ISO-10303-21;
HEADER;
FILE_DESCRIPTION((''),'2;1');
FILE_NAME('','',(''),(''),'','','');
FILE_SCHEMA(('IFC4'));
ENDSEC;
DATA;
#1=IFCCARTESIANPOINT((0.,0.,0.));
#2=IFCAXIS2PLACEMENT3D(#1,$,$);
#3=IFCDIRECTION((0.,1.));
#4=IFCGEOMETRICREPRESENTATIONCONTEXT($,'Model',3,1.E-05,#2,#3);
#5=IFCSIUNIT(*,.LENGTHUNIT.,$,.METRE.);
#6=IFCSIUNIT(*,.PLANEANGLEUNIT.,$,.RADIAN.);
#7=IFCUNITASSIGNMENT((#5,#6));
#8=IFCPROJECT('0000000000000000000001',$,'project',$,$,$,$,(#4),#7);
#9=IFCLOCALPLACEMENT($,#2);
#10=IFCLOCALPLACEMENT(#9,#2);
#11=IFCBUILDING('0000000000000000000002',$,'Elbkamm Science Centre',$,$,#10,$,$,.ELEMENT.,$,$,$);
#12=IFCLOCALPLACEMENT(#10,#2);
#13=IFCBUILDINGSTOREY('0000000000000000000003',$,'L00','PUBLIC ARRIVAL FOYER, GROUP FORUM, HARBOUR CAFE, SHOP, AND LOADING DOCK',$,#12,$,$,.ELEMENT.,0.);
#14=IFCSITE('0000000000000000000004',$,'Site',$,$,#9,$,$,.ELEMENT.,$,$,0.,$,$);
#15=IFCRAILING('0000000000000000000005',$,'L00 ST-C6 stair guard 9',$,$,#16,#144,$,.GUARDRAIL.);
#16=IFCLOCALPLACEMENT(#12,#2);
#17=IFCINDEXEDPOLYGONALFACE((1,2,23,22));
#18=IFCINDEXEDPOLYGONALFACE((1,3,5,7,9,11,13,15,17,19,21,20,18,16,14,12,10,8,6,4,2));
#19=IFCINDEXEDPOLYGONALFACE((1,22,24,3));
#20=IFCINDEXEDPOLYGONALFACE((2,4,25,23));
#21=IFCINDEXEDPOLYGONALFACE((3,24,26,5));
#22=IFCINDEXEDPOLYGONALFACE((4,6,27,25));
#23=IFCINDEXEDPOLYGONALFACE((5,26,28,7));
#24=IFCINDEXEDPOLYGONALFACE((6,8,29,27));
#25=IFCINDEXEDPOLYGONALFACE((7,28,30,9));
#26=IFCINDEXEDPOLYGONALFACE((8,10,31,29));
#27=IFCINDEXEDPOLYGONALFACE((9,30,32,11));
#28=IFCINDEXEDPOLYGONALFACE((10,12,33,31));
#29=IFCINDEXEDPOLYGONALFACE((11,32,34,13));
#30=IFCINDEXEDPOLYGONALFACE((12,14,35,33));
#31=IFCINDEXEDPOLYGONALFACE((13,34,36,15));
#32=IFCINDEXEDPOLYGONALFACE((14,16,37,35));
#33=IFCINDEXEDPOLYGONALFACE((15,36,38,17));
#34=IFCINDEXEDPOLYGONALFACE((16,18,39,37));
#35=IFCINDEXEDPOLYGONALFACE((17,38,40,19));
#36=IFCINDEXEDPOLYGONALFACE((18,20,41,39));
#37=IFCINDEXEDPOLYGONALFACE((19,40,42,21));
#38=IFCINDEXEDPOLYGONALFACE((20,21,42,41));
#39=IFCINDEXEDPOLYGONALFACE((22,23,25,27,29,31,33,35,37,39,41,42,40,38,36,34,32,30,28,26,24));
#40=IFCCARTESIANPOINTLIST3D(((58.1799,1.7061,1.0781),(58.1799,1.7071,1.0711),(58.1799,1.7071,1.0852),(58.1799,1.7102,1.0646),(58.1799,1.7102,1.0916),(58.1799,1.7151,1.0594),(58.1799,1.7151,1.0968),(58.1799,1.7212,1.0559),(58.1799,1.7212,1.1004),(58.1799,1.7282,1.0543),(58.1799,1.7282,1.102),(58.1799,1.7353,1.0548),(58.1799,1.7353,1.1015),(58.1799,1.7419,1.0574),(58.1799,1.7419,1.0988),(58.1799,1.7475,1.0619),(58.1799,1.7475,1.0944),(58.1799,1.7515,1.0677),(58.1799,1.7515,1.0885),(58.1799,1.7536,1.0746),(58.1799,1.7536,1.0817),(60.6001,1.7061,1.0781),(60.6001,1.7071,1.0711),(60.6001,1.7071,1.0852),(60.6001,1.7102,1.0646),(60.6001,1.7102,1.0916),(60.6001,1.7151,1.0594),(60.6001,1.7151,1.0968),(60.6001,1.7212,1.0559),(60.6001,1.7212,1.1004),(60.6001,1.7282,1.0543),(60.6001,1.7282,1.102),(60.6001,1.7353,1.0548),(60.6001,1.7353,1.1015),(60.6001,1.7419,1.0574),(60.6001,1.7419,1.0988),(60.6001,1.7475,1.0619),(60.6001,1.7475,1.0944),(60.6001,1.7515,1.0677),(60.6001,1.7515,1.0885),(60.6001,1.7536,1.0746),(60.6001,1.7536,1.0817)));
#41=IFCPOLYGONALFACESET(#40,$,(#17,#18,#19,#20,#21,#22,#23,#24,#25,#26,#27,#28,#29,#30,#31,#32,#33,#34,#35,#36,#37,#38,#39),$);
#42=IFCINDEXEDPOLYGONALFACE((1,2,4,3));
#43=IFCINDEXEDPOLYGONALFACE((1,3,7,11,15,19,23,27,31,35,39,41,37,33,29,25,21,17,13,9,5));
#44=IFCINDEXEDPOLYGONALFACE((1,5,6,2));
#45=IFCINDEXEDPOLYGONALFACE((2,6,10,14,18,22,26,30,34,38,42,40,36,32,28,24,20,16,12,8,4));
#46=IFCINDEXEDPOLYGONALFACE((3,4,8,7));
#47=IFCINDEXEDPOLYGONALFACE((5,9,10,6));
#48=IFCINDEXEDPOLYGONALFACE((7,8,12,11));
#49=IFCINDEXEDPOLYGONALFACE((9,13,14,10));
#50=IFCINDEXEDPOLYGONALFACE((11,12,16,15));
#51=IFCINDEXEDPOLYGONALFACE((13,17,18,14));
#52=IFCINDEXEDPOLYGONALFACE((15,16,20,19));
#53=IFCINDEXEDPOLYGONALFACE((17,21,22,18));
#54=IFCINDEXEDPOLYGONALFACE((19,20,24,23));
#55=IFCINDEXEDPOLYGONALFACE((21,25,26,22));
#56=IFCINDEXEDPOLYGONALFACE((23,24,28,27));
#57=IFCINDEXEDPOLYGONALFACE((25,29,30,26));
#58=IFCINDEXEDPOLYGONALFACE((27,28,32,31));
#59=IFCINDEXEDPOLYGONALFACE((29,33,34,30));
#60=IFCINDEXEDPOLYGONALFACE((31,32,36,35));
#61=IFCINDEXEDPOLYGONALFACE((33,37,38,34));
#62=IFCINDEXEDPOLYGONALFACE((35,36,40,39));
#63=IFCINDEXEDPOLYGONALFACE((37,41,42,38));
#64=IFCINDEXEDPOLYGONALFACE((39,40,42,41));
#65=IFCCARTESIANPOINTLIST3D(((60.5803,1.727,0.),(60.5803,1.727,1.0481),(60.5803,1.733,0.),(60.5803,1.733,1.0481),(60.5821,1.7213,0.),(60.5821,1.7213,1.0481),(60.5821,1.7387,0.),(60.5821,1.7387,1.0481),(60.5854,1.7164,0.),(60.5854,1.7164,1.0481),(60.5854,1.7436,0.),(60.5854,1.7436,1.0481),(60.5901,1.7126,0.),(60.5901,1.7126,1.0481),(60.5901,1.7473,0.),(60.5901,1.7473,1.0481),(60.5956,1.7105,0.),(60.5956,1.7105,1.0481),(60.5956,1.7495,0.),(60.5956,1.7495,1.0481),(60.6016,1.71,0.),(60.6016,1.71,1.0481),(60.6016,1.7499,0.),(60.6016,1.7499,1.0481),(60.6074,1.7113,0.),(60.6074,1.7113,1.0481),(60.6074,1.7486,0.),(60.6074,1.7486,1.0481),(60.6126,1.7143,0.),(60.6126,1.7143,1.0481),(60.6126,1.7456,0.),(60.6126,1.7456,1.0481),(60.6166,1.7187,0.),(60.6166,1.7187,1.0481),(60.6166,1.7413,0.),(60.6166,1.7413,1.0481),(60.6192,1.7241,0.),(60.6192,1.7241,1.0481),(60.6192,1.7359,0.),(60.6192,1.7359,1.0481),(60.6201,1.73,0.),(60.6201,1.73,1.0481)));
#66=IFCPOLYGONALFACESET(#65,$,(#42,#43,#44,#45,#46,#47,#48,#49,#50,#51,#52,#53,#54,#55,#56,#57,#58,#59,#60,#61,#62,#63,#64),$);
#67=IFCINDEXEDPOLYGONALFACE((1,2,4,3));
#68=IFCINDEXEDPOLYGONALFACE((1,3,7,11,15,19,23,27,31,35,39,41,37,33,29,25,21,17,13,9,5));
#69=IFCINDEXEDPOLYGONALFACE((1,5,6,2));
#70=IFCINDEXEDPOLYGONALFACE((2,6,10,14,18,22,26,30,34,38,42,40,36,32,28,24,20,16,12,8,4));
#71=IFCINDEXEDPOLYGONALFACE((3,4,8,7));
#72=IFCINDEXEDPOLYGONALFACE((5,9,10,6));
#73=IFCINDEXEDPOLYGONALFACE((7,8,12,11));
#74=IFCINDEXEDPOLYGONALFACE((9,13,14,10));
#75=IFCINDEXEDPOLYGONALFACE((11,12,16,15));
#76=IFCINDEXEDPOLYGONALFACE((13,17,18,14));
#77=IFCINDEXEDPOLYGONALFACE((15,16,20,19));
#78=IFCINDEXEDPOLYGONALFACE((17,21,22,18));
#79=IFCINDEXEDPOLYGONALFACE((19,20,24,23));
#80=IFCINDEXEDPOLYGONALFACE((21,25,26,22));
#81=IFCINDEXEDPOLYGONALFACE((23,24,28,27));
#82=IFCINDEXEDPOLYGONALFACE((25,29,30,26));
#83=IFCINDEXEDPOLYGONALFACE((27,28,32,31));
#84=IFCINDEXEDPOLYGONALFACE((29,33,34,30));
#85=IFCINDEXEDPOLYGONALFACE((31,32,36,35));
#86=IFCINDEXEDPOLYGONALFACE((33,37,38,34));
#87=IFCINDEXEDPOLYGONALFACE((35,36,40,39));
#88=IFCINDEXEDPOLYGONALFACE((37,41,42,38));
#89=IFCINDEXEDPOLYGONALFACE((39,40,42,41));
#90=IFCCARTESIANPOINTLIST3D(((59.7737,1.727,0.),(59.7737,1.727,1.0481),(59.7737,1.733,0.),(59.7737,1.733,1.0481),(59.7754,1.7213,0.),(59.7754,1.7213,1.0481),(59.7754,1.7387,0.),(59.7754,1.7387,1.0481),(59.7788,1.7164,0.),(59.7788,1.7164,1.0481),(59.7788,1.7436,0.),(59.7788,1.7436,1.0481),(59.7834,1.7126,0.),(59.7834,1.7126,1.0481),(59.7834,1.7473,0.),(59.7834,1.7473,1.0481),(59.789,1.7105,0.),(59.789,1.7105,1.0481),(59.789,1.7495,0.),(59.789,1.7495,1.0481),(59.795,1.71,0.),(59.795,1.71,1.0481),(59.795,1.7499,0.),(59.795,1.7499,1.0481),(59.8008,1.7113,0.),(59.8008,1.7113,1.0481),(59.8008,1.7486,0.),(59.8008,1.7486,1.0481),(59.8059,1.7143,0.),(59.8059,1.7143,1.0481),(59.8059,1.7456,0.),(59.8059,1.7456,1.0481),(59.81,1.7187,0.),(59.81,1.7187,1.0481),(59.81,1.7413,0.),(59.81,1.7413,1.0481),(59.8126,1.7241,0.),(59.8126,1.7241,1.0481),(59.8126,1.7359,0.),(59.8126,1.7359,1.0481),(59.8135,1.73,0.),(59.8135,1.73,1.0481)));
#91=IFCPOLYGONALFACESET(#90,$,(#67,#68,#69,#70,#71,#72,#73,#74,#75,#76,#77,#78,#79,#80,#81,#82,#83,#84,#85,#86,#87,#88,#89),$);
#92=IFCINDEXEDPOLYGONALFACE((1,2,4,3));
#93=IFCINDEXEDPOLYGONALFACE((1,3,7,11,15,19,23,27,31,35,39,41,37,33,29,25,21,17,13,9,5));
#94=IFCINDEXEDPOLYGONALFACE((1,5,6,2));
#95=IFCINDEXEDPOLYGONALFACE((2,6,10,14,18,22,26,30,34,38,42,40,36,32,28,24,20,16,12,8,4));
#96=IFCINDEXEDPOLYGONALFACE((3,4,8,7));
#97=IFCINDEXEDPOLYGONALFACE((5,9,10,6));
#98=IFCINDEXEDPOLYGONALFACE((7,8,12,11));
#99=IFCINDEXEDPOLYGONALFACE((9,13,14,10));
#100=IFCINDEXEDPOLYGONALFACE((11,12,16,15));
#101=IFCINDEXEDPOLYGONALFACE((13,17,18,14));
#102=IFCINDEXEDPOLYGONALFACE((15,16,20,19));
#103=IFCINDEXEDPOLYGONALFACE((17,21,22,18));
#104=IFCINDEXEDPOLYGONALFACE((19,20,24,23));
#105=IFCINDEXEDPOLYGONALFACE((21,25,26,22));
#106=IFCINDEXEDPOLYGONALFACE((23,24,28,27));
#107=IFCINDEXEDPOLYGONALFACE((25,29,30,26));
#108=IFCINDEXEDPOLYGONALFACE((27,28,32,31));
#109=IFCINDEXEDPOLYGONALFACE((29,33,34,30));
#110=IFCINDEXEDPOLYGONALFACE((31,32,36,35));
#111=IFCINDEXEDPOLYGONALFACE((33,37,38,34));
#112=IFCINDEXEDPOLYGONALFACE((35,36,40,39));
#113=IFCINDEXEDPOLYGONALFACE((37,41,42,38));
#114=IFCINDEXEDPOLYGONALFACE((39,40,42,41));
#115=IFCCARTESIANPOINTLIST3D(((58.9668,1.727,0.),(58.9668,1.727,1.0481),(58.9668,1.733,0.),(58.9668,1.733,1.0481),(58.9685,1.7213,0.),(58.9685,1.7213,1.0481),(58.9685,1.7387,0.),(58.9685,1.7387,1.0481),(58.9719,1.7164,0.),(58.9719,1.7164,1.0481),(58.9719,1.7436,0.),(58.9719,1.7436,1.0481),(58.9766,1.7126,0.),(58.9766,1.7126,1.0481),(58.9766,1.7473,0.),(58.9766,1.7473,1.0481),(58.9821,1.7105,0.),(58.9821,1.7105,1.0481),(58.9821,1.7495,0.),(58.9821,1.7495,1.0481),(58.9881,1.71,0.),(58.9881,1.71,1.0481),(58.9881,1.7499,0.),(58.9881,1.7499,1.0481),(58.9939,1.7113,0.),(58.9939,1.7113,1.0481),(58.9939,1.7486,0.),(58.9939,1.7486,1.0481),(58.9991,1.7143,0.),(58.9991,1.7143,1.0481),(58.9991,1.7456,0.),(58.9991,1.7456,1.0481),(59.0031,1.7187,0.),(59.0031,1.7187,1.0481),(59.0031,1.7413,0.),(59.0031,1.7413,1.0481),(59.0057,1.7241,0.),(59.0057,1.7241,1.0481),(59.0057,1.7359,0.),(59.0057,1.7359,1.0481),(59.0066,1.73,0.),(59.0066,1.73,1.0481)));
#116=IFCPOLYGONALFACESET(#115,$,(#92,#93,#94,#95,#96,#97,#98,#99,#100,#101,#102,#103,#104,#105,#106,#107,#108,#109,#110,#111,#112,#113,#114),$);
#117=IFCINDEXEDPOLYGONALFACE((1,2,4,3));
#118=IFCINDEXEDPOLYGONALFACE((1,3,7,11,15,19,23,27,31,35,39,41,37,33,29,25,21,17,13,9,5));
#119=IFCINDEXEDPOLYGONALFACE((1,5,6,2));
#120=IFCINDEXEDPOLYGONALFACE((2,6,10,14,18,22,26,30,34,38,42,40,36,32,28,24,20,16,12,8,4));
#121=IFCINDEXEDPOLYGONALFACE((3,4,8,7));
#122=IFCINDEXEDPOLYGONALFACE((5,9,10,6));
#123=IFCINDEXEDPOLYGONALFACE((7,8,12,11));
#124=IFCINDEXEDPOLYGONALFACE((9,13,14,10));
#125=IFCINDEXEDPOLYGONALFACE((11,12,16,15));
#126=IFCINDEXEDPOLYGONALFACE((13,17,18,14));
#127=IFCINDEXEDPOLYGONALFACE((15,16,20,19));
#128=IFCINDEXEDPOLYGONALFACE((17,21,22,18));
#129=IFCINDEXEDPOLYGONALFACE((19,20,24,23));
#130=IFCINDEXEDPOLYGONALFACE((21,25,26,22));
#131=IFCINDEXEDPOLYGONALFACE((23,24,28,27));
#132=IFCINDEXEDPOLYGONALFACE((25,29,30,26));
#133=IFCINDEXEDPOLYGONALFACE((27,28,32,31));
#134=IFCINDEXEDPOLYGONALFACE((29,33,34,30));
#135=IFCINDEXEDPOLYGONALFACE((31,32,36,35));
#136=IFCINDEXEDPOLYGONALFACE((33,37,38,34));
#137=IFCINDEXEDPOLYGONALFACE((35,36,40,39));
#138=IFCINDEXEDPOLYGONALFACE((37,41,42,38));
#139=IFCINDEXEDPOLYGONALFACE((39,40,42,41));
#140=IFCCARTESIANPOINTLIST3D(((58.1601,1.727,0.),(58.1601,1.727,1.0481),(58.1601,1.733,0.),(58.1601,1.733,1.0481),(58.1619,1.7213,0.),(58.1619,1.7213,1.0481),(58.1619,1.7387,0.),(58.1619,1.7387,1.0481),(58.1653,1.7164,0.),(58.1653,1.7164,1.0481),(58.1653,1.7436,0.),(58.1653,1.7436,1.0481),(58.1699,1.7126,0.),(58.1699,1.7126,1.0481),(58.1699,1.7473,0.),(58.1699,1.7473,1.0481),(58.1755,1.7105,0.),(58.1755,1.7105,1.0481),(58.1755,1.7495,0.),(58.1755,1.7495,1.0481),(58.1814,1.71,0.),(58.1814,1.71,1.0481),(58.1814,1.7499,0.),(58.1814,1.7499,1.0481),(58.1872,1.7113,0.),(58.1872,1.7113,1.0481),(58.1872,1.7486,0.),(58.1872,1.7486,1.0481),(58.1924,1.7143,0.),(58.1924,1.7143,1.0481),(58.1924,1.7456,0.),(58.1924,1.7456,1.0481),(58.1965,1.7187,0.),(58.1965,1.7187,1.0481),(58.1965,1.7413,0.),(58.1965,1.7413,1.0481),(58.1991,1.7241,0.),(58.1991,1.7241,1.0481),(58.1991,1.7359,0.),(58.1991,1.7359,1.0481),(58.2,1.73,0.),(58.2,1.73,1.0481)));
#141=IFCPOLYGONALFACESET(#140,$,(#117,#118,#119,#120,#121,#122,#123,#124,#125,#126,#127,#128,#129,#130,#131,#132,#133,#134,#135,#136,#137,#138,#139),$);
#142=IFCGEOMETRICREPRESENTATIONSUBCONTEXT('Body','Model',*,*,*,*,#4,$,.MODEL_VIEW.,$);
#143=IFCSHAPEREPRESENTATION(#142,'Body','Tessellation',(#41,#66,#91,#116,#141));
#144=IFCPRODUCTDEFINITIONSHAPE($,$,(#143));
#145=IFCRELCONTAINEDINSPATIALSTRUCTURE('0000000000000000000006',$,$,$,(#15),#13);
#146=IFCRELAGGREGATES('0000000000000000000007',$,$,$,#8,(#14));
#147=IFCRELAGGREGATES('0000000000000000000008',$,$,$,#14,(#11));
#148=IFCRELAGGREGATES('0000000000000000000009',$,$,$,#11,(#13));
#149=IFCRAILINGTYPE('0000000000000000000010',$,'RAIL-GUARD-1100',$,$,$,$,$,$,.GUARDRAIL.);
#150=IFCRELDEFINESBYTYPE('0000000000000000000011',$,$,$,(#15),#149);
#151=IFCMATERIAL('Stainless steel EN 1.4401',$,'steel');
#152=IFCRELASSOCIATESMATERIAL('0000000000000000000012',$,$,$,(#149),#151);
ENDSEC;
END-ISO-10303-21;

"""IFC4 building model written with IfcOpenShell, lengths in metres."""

from ifc_helpers import new_model, si_unit, direction, frame, origin, origin_2d, place, context, subcontext, project, spatial, circle, extrude, material, type_object, element, save


model = new_model("IFC4")

# Units and contexts
model_context = context("Model", 3, precision=1e-05, world=origin(), true_north=direction((0.0, 1.0)))
body_context = subcontext(model_context, "Body", "Model", "MODEL_VIEW")
ifc_project = project(units=[si_unit("LENGTHUNIT", "METRE"), si_unit("PLANEANGLEUNIT", "RADIAN")], contexts=[model_context])

# Site, building, storey
site_placement = place(None, origin())
site = spatial("IfcSite", under=ifc_project, at=site_placement, Name="Site", CompositionType="ELEMENT", RefElevation=0.0)
building_placement = place(site_placement, origin())
building = spatial("IfcBuilding", under=site, at=building_placement, Name="Elbkamm Science Centre", CompositionType="ELEMENT")
storey_placement = place(building_placement, origin())
storey = spatial("IfcBuildingStorey", under=building, at=storey_placement, Name="L00", Description="PUBLIC ARRIVAL FOYER, GROUP FORUM, HARBOUR CAFE, SHOP, AND LOADING DOCK", CompositionType="ELEMENT", Elevation=0.0)

# Railing
ifc_material_1 = material(Name="Stainless steel EN 1.4401", Category="steel")
railing_type = type_object("IfcRailingType", Name="RAIL-GUARD-1100", PredefinedType="GUARDRAIL", material=ifc_material_1)
for number, where, name in (
    (1, (60.6001, 1.73, 0.0), "L00 ST-C6 stair guard 9"),
):
    element("IfcRailing", number, at=place(storey_placement, frame(where)), inside=storey, type_object=railing_type, Name=name, PredefinedType="GUARDRAIL", context=body_context, shape_type="SweptSolid", body=[
        extrude(circle(Radius=0.0239, at=origin_2d()), frame((0.0, 0.0, 1.0781), z_axis=(-1.0, 0.0, 0.0), x_axis=(0.0, -1.0, 0.0)), (0.0, 0.0, 1.0), 2.4202),
        extrude(circle(Radius=0.02, at=origin_2d()), origin(), (0.0, 0.0, 1.0), 1.0481),
        extrude(circle(Radius=0.02, at=origin_2d()), frame((-0.8066, 0.0, 0.0)), (0.0, 0.0, 1.0), 1.0481),
        extrude(circle(Radius=0.02, at=origin_2d()), frame((-1.6135, 0.0, 0.0)), (0.0, 0.0, 1.0), 1.0481),
        extrude(circle(Radius=0.02, at=origin_2d()), frame((-2.4202, 0.0, 0.0)), (0.0, 0.0, 1.0), 1.0481),
    ])

save(model, "model.ifc")
